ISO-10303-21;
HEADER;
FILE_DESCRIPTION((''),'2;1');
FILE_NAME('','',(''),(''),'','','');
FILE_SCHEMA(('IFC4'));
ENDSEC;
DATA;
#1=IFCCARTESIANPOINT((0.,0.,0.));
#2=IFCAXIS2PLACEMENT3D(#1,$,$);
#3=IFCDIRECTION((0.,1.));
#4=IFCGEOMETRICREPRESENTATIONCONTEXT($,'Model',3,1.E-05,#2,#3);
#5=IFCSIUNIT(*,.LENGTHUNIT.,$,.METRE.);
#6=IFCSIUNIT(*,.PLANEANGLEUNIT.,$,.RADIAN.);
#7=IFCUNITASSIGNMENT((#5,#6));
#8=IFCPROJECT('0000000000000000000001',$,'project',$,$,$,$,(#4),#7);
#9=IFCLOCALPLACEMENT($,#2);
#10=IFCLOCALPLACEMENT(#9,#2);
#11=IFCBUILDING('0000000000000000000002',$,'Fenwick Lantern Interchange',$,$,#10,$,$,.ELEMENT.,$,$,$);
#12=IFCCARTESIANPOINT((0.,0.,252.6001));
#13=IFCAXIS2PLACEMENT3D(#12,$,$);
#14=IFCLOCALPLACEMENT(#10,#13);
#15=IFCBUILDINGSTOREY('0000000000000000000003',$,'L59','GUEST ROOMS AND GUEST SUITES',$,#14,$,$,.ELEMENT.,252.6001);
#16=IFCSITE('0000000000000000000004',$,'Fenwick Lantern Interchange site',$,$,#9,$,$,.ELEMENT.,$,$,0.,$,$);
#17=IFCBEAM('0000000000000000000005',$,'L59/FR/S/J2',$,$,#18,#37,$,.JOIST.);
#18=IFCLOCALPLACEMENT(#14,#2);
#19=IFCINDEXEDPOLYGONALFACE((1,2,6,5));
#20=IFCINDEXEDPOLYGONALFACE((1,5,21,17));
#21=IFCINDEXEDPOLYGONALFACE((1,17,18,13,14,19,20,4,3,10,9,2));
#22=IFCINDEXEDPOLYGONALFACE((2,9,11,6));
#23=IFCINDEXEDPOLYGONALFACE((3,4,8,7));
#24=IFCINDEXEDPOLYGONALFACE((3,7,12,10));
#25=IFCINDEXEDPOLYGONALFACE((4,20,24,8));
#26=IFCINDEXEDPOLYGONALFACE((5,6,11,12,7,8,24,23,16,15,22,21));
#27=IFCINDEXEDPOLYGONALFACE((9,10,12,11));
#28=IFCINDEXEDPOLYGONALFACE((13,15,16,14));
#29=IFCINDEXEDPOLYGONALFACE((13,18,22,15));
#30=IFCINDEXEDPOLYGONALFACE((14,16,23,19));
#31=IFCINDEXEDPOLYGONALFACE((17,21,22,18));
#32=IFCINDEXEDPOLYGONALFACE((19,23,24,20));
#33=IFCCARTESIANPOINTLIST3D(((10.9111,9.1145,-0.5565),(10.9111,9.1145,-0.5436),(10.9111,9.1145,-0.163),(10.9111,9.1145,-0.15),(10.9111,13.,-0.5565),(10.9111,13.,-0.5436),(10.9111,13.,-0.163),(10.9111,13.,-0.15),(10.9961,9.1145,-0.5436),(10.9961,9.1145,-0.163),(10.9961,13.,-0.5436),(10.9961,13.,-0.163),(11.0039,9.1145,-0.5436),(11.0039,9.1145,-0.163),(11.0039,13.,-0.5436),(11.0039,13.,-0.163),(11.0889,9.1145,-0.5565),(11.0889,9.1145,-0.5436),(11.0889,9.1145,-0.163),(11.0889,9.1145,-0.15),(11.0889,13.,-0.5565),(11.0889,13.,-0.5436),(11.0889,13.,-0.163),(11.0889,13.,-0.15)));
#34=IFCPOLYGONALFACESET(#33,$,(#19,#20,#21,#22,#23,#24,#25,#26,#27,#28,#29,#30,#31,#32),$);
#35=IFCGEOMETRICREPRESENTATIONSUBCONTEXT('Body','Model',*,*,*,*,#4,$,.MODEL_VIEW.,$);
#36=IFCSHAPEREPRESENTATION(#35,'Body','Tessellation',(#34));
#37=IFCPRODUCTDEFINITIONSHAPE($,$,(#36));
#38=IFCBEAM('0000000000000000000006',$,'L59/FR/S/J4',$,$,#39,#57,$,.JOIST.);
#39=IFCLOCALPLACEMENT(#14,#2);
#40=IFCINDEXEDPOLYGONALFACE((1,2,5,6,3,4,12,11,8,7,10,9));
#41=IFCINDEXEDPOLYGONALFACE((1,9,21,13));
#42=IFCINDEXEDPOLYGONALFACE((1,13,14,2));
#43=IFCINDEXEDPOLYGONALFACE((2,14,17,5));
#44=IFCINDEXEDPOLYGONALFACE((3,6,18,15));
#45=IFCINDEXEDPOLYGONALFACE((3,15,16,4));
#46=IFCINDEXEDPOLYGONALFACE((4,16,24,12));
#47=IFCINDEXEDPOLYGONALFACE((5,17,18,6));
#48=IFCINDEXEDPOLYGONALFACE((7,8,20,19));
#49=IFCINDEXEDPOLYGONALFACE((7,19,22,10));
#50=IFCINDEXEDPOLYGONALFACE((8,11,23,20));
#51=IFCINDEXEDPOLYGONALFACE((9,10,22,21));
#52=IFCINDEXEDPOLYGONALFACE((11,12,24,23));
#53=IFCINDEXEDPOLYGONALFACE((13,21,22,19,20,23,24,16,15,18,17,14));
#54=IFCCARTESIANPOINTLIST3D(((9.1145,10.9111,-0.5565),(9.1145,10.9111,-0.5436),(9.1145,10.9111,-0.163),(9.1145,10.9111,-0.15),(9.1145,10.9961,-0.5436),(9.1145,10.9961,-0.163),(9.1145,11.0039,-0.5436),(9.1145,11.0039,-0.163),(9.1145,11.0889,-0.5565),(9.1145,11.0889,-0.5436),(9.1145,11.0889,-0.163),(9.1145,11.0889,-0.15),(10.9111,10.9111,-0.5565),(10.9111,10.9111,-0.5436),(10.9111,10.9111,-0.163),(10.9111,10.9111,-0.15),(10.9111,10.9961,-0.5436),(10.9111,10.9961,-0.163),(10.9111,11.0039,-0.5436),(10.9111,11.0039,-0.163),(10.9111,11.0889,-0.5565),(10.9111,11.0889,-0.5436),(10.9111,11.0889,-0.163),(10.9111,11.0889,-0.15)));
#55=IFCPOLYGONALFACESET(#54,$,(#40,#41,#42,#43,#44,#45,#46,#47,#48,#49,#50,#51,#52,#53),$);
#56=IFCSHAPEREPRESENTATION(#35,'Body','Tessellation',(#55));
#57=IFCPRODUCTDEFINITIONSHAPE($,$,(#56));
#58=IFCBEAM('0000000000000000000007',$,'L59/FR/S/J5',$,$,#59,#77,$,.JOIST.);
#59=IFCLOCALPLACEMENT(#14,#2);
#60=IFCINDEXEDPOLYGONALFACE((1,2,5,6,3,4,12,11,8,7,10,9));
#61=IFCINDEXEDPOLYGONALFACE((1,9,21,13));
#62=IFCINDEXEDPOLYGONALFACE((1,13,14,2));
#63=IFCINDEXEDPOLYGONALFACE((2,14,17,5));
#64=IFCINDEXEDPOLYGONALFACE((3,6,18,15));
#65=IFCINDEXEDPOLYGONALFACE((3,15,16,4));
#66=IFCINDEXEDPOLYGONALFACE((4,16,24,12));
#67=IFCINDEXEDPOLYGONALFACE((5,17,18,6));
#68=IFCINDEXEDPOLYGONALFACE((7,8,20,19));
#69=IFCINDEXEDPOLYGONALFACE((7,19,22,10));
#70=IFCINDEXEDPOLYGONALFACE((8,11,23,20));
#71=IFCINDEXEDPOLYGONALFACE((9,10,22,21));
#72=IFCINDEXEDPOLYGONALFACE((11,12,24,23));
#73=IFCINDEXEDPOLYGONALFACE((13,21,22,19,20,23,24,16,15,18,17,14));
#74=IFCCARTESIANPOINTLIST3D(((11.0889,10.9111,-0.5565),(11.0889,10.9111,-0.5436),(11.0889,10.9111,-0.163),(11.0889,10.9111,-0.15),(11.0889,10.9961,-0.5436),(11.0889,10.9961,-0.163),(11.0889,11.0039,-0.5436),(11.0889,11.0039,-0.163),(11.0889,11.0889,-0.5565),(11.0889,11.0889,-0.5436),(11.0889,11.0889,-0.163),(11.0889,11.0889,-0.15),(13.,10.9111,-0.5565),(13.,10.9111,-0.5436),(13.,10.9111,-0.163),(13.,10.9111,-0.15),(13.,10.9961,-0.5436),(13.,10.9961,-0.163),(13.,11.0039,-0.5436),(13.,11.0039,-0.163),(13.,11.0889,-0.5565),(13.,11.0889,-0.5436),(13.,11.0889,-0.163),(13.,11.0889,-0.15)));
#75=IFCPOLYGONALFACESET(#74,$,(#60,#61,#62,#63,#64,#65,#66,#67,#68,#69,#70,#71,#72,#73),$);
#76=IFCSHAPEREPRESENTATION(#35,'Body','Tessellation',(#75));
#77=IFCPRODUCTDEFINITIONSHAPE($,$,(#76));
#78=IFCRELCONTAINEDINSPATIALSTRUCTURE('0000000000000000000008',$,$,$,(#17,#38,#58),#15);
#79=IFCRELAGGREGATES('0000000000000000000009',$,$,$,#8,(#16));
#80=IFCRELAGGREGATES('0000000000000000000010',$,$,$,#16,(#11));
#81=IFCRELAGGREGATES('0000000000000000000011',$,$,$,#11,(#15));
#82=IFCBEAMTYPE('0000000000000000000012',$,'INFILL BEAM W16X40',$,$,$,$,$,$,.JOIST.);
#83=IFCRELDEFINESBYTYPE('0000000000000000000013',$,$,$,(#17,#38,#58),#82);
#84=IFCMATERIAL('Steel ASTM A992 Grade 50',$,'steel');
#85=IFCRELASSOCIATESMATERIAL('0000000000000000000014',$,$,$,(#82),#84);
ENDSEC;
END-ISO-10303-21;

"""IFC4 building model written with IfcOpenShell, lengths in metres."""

from ifc_helpers import new_model, si_unit, direction, frame, origin, origin_2d, place, context, subcontext, project, spatial, i_section, extrude, material, material_profile, profile_set, type_object, element, save


model = new_model("IFC4")

# Units and contexts
model_context = context("Model", 3, precision=1e-05, world=origin(), true_north=direction((0.0, 1.0)))
body_context = subcontext(model_context, "Body", "Model", "MODEL_VIEW")
ifc_project = project(units=[si_unit("LENGTHUNIT", "METRE"), si_unit("PLANEANGLEUNIT", "RADIAN")], contexts=[model_context])

# Site, building, storey
site_placement = place(None, origin())
site = spatial("IfcSite", under=ifc_project, at=site_placement, Name="Fenwick Lantern Interchange site", CompositionType="ELEMENT", RefElevation=0.0)
building_placement = place(site_placement, origin())
building = spatial("IfcBuilding", under=site, at=building_placement, Name="Fenwick Lantern Interchange", CompositionType="ELEMENT")
storey_placement = place(building_placement, frame((0.0, 0.0, 252.6001)))
storey = spatial("IfcBuildingStorey", under=building, at=storey_placement, Name="L59", Description="GUEST ROOMS AND GUEST SUITES", CompositionType="ELEMENT", Elevation=252.6001)

# Beams
ifc_material_1 = material(Name="Steel ASTM A992 Grade 50", Category="steel")
ifc_material_profile = material_profile(ifc_material_1, i_section(OverallWidth=0.1777, OverallDepth=0.4065, WebThickness=0.0078, FlangeThickness=0.0129, at=origin_2d()), Name="W16X40")
ifc_profile_set = profile_set([ifc_material_profile], Name="Steel ASTM A992 Grade 50")
beam_type = type_object("IfcBeamType", Name="INFILL BEAM W16X40", PredefinedType="JOIST", material=ifc_profile_set)
beam_1_placement = place(storey_placement, frame((11.0, 9.1145, -0.3533), z_axis=(0.0, 1.0, 0.0), x_axis=(-1.0, 0.0, 0.0)))
element("IfcBeam", 1, at=beam_1_placement, inside=storey, type_object=beam_type, Name="L59/FR/S/J2", PredefinedType="JOIST", context=body_context, shape_type="SweptSolid", body=[
    extrude(i_section(OverallWidth=0.1777, OverallDepth=0.4065, WebThickness=0.0078, FlangeThickness=0.0129, at=origin_2d()), origin(), (0.0, 0.0, 1.0), 3.8855),
])
beam_2_placement = place(storey_placement, frame((9.1145, 11.0, -0.3533), z_axis=(1.0, 0.0, 0.0), x_axis=(0.0, 1.0, 0.0)))
element("IfcBeam", 2, at=beam_2_placement, inside=storey, type_object=beam_type, Name="L59/FR/S/J4", PredefinedType="JOIST", context=body_context, shape_type="SweptSolid", body=[
    extrude(i_section(OverallWidth=0.1777, OverallDepth=0.4065, WebThickness=0.0078, FlangeThickness=0.0129, at=origin_2d()), origin(), (0.0, 0.0, 1.0), 1.7966),
])
beam_3_placement = place(storey_placement, frame((11.0889, 11.0, -0.3533), z_axis=(1.0, 0.0, 0.0), x_axis=(0.0, 1.0, 0.0)))
element("IfcBeam", 3, at=beam_3_placement, inside=storey, type_object=beam_type, Name="L59/FR/S/J5", PredefinedType="JOIST", context=body_context, shape_type="SweptSolid", body=[
    extrude(i_section(OverallWidth=0.1777, OverallDepth=0.4065, WebThickness=0.0078, FlangeThickness=0.0129, at=origin_2d()), origin(), (0.0, 0.0, 1.0), 1.9111),
])

save(model, "model.ifc")
